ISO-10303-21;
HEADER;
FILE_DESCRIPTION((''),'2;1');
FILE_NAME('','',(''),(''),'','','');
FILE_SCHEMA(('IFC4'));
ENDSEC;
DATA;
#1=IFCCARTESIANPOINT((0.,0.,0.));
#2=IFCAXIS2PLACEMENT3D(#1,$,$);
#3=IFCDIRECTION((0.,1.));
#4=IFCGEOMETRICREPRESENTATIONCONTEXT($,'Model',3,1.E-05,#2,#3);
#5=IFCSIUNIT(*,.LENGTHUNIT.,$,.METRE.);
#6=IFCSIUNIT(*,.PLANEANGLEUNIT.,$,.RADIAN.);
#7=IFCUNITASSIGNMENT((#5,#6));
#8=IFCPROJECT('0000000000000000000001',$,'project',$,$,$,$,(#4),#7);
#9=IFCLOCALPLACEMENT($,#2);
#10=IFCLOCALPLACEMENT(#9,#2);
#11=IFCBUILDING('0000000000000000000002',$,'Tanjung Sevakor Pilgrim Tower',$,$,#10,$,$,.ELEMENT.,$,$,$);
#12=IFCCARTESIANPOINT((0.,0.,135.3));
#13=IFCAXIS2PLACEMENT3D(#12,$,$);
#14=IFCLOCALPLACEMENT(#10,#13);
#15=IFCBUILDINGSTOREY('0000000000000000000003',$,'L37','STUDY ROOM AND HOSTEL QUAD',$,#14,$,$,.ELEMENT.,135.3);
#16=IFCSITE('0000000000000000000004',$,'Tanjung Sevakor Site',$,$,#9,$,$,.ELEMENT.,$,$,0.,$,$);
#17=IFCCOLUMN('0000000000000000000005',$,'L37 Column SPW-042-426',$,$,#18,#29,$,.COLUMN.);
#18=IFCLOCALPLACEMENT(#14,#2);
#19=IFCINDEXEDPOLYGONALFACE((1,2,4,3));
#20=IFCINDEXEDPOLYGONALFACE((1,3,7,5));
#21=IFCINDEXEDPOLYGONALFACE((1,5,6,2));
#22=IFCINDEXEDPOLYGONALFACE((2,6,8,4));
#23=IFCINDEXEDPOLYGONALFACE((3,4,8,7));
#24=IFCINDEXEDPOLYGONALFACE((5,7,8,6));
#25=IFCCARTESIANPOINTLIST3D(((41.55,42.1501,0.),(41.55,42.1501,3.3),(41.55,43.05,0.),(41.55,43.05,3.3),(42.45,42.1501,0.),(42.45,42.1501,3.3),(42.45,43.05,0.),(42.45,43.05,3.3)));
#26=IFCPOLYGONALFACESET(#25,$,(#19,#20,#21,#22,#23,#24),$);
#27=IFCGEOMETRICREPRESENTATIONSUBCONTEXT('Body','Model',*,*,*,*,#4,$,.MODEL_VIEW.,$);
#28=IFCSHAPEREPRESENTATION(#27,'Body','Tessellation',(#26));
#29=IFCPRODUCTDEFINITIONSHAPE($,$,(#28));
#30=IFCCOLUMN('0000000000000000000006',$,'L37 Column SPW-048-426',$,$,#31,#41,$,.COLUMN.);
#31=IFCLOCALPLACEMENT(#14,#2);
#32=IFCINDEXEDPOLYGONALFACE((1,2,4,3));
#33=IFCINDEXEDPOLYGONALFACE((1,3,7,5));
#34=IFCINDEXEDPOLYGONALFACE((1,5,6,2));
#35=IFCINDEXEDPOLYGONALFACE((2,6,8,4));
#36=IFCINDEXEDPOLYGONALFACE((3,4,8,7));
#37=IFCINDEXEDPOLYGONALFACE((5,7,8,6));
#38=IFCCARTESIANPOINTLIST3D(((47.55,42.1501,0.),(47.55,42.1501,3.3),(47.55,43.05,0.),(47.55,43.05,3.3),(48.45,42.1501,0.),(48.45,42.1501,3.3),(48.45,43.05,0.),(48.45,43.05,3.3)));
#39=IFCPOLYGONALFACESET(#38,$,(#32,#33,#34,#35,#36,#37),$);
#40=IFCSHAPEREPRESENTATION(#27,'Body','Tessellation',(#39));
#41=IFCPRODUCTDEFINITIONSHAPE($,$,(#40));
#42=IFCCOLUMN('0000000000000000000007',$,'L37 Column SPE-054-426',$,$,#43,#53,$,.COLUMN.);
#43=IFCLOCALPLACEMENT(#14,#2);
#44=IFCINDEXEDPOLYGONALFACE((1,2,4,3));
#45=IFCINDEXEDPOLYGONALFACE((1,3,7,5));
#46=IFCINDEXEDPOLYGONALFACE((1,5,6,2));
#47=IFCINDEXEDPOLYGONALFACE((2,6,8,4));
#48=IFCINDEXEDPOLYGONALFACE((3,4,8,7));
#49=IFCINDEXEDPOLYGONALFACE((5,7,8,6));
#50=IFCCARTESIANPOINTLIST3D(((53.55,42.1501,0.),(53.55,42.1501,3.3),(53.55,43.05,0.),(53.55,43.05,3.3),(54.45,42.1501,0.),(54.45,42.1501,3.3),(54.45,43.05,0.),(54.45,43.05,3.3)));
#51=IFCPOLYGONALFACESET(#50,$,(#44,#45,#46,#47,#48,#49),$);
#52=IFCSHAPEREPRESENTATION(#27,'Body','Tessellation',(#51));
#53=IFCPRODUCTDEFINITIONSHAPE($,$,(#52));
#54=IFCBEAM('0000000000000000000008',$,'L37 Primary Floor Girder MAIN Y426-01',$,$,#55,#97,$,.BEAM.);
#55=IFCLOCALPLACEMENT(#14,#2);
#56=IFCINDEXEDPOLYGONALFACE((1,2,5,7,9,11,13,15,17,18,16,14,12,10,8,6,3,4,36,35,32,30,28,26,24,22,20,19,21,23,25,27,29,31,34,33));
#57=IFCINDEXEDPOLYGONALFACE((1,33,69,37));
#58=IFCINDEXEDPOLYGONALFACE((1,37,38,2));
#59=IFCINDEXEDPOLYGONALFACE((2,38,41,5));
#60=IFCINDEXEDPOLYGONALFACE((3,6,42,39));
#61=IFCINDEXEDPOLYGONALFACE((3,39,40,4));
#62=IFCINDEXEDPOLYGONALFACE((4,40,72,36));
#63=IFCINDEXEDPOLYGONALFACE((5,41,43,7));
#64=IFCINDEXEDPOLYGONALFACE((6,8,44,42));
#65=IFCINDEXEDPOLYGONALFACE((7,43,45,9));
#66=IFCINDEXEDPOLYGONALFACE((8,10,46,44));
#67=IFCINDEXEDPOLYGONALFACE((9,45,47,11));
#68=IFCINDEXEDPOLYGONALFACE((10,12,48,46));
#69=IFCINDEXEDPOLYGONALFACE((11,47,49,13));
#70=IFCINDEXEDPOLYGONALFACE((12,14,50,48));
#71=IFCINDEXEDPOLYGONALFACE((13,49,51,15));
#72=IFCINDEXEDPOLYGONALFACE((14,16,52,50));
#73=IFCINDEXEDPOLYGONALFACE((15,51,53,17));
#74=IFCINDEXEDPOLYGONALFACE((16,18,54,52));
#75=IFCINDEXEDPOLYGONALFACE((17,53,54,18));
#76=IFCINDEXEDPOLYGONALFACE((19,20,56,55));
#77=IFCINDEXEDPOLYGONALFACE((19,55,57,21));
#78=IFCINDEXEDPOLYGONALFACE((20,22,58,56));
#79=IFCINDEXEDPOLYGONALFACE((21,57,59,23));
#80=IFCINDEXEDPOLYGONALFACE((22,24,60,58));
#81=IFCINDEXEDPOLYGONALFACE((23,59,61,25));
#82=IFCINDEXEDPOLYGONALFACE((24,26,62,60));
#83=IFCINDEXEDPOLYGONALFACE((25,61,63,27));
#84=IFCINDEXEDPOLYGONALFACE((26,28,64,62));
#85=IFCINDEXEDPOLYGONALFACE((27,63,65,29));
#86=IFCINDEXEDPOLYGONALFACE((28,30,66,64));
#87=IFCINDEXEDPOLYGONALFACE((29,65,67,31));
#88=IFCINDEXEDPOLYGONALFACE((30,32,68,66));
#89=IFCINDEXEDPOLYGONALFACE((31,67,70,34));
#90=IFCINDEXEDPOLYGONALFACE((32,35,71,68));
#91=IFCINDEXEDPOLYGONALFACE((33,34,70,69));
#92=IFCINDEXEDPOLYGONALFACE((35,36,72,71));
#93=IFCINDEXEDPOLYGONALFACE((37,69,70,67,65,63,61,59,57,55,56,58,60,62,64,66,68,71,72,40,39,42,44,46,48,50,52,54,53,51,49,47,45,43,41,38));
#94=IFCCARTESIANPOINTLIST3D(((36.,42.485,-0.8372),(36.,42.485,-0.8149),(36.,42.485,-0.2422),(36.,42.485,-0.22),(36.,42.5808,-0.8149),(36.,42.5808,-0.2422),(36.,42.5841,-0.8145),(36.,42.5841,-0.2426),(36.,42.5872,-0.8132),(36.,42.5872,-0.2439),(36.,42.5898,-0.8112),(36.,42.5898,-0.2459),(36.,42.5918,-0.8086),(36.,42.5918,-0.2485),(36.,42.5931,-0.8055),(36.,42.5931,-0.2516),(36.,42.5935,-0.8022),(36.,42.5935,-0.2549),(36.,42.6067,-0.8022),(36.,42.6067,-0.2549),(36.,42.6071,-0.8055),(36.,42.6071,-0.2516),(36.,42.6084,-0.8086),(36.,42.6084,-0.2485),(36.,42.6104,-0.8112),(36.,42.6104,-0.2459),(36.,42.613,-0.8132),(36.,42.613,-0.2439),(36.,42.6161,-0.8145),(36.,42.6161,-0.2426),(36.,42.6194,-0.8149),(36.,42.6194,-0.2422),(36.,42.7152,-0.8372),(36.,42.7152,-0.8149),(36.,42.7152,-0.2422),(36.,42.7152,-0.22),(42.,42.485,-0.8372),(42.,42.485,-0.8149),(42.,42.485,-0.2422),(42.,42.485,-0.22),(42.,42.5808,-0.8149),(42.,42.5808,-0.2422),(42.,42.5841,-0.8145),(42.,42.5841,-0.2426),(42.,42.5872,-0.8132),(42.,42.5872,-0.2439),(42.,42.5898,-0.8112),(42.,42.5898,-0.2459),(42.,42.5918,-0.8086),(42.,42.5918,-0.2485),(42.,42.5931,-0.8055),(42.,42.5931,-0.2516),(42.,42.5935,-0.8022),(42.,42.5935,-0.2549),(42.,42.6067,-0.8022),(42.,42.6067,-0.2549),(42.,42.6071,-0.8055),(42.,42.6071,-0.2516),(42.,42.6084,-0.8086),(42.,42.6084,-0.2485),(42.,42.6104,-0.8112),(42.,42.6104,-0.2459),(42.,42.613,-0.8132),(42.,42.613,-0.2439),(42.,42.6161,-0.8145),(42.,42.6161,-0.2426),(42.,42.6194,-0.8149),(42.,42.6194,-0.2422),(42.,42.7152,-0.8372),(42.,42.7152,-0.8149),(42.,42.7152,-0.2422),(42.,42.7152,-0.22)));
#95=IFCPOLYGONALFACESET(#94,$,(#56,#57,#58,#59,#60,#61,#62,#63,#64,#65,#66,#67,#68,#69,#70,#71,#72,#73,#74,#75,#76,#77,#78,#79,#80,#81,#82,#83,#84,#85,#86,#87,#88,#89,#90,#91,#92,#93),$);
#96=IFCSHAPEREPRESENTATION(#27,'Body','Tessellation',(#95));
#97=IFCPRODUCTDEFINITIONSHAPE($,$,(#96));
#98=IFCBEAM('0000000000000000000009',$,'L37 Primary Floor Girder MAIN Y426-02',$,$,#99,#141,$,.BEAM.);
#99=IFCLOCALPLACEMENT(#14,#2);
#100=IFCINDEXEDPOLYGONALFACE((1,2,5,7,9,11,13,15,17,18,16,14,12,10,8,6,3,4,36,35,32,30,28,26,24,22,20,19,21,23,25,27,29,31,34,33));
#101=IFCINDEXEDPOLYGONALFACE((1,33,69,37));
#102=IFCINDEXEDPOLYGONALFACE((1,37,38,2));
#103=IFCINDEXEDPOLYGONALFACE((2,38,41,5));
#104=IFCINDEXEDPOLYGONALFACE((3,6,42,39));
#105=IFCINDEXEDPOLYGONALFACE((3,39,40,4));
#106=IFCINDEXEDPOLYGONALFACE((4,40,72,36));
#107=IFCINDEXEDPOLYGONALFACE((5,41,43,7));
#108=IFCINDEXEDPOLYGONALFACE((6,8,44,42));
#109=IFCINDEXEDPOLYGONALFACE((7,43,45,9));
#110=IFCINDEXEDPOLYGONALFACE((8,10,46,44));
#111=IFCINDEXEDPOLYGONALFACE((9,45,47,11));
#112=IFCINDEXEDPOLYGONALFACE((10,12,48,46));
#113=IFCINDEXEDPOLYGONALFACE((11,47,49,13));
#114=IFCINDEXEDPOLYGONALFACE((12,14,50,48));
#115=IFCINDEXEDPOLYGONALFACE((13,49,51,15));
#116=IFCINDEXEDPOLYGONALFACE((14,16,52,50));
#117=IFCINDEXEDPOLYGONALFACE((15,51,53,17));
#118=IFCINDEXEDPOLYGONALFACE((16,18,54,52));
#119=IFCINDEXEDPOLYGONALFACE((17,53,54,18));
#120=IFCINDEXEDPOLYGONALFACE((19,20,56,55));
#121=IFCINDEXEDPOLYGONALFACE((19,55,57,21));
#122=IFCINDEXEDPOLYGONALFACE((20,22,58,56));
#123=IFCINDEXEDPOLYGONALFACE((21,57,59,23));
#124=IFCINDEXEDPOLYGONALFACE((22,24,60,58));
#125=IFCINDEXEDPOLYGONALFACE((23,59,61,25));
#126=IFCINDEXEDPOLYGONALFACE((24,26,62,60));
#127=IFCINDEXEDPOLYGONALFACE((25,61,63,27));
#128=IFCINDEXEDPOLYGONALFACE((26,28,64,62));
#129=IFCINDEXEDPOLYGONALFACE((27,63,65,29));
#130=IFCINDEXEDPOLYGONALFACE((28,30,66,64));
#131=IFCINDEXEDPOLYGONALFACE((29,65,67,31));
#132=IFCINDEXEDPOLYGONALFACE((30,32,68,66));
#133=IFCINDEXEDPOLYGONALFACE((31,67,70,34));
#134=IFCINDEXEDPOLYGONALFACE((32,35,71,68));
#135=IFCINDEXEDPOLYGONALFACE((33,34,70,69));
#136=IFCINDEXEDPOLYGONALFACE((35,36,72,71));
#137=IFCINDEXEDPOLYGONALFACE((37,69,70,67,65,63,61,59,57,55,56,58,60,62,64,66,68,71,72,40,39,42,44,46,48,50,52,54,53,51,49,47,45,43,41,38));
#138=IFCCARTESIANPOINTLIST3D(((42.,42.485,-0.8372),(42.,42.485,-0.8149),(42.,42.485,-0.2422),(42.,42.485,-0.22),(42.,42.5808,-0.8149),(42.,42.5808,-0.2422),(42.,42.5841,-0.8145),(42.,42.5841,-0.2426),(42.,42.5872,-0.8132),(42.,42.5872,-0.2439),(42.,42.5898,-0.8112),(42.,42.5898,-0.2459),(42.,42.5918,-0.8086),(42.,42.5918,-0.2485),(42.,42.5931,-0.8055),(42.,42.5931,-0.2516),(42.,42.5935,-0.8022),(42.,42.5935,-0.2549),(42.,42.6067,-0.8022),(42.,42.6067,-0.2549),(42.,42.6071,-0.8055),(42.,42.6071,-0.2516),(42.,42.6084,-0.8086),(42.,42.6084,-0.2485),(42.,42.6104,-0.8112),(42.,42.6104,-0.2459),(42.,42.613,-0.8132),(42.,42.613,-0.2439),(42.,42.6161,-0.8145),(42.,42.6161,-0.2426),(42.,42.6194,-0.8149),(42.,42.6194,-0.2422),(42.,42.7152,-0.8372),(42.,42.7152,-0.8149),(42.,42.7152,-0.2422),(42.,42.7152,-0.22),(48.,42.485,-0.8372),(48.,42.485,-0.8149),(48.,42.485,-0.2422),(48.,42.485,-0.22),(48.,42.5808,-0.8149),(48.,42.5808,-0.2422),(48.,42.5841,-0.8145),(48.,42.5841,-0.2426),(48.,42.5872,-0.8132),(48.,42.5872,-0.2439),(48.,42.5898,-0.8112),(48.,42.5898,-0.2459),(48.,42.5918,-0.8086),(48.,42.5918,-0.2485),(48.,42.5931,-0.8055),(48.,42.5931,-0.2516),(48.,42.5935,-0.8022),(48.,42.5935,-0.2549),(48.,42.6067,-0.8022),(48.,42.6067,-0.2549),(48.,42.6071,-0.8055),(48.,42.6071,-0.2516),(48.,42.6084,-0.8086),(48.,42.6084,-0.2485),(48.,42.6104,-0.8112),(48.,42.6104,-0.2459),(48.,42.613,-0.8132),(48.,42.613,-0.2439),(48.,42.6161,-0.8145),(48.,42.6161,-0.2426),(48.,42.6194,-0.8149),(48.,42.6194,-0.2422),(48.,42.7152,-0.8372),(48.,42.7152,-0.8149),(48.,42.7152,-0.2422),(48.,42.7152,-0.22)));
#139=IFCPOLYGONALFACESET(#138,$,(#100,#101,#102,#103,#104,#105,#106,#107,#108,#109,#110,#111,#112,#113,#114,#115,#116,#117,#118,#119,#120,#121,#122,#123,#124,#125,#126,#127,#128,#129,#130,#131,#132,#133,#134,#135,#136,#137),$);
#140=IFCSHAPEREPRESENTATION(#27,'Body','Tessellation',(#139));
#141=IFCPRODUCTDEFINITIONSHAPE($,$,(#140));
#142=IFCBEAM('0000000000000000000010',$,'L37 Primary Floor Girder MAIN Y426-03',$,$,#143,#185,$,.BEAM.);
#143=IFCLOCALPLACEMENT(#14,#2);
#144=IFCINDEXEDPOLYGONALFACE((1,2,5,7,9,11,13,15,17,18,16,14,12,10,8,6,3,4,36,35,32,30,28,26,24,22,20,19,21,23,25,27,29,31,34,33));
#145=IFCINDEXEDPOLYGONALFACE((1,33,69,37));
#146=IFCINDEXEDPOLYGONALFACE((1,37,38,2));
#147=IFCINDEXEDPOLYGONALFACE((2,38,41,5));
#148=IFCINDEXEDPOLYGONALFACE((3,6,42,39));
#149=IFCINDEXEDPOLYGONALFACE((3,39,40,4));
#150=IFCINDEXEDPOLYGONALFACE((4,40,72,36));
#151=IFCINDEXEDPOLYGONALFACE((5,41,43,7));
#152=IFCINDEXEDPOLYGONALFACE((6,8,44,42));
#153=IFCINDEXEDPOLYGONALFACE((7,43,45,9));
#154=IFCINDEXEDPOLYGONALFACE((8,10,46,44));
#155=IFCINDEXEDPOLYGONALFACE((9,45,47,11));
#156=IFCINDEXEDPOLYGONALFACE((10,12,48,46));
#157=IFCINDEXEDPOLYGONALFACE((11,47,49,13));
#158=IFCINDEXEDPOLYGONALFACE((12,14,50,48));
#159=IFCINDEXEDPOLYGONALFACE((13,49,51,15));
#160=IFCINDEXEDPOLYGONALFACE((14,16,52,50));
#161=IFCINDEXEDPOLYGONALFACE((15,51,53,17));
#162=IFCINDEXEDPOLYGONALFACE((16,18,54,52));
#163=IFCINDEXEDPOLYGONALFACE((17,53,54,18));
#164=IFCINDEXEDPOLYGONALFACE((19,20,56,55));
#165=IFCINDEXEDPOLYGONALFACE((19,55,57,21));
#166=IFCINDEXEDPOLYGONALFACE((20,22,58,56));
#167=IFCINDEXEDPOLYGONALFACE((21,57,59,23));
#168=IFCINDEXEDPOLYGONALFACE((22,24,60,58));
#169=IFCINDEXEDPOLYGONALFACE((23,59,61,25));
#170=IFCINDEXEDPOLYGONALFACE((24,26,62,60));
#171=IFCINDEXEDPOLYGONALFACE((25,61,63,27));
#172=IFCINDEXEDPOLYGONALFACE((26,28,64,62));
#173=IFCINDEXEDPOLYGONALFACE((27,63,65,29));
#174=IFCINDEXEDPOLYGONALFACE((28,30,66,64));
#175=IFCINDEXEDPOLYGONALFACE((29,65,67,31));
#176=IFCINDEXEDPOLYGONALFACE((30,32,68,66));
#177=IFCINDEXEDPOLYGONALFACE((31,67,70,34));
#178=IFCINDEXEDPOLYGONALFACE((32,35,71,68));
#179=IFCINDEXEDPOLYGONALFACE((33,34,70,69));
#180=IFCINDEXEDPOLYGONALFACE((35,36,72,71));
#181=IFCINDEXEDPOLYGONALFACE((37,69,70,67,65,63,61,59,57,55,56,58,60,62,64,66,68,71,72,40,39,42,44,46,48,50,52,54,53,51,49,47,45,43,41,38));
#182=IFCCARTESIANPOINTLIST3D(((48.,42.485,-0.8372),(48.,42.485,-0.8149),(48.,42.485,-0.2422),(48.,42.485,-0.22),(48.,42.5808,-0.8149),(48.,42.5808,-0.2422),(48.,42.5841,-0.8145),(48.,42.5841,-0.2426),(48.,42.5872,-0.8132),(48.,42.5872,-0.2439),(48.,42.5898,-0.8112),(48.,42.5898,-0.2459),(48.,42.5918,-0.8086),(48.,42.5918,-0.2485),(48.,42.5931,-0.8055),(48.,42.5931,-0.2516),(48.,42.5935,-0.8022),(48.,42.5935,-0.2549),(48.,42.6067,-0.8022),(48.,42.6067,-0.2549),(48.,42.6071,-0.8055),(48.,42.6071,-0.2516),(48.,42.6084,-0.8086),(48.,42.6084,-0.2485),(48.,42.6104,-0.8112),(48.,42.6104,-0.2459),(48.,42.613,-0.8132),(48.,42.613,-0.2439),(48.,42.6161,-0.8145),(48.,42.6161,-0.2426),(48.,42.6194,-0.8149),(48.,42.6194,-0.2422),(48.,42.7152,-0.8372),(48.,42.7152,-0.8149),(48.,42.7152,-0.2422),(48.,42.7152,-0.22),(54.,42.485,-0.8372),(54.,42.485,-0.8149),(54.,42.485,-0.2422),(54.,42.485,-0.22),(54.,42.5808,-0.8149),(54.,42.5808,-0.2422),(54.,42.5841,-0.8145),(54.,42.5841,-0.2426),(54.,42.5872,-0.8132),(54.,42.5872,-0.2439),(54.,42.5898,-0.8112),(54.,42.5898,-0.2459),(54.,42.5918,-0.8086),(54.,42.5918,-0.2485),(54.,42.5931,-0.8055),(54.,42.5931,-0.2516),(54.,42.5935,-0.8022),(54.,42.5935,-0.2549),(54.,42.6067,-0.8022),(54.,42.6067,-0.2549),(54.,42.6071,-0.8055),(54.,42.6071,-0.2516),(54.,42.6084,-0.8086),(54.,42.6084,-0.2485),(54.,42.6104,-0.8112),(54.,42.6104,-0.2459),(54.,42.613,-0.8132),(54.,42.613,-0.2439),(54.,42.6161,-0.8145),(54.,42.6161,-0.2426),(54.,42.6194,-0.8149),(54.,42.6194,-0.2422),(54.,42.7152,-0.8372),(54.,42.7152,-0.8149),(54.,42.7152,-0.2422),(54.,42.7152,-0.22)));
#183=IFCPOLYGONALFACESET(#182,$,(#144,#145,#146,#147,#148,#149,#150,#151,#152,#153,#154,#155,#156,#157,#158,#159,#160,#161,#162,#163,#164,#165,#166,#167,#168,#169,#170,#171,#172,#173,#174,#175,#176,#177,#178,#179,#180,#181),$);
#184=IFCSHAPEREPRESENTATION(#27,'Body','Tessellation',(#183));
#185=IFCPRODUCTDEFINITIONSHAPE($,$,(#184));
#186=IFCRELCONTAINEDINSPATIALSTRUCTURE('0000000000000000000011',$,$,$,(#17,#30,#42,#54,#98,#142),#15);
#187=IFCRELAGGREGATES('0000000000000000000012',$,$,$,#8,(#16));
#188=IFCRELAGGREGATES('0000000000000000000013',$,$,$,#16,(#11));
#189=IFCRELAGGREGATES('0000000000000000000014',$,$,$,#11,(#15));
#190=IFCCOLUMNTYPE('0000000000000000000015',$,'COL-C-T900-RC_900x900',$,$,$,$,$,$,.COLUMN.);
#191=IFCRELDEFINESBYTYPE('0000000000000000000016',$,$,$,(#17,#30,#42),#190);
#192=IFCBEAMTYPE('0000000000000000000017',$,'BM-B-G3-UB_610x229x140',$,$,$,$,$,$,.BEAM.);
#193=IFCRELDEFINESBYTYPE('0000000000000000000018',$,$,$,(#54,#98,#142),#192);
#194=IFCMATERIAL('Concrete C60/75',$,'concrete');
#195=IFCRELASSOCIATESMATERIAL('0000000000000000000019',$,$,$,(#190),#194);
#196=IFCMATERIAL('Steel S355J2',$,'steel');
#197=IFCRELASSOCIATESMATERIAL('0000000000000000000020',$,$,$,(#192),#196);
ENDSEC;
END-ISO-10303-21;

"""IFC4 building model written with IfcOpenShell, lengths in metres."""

from ifc_helpers import new_model, si_unit, direction, frame, origin, origin_2d, place, context, subcontext, project, spatial, rectangle, i_section, extrude, material, material_profile, profile_set, type_object, element, save


model = new_model("IFC4")

# Units and contexts
model_context = context("Model", 3, precision=1e-05, world=origin(), true_north=direction((0.0, 1.0)))
body_context = subcontext(model_context, "Body", "Model", "MODEL_VIEW")
ifc_project = project(units=[si_unit("LENGTHUNIT", "METRE"), si_unit("PLANEANGLEUNIT", "RADIAN")], contexts=[model_context])

# Site, building, storey
site_placement = place(None, origin())
site = spatial("IfcSite", under=ifc_project, at=site_placement, Name="Tanjung Sevakor Site", CompositionType="ELEMENT", RefElevation=0.0)
building_placement = place(site_placement, origin())
building = spatial("IfcBuilding", under=site, at=building_placement, Name="Tanjung Sevakor Pilgrim Tower", CompositionType="ELEMENT")
storey_placement = place(building_placement, frame((0.0, 0.0, 135.3)))
storey = spatial("IfcBuildingStorey", under=building, at=storey_placement, Name="L37", Description="STUDY ROOM AND HOSTEL QUAD", CompositionType="ELEMENT", Elevation=135.3)

# Columns
ifc_material_1 = material(Name="Concrete C60/75", Category="concrete")
ifc_material_profile_1 = material_profile(ifc_material_1, rectangle(XDim=0.8999, YDim=0.8999, at=origin_2d()))
ifc_profile_set_1 = profile_set([ifc_material_profile_1], Name="Concrete C60/75")
column_type = type_object("IfcColumnType", Name="COL-C-T900-RC_900x900", PredefinedType="COLUMN", material=ifc_profile_set_1)
for number, where, z_axis, x_axis, name in (
    (1, (42.0, 42.6001, 0.0), (0.0, 0.0, 1.0), (1.0, 0.0, 0.0), "L37 Column SPW-042-426"),
    (2, (48.0, 42.6001, 0.0), (0.0, 0.0, 1.0), (1.0, 0.0, 0.0), "L37 Column SPW-048-426"),
    (3, (54.0, 42.6001, 0.0), (0.0, 0.0, 1.0), (1.0, 0.0, 0.0), "L37 Column SPE-054-426"),
):
    element("IfcColumn", number, at=place(storey_placement, frame(where, z_axis=z_axis, x_axis=x_axis)), inside=storey, type_object=column_type, Name=name, PredefinedType="COLUMN", context=body_context, shape_type="SweptSolid", body=[
        extrude(rectangle(XDim=0.8999, YDim=0.8999, at=origin_2d()), origin(), (0.0, 0.0, 1.0), 3.3),
    ])

# Beams
ifc_material_2 = material(Name="Steel S355J2", Category="steel")
ifc_material_profile_2 = material_profile(ifc_material_2, i_section(OverallWidth=0.2302, OverallDepth=0.6172, WebThickness=0.0132, FlangeThickness=0.0222, FilletRadius=0.0127, at=origin_2d()))
ifc_profile_set_2 = profile_set([ifc_material_profile_2], Name="Steel S355J2")
beam_type_1 = type_object("IfcBeamType", Name="BM-B-G3-UB_610x229x140", PredefinedType="BEAM", material=ifc_profile_set_2)
for number, where, z_axis, x_axis, name in (
    (4, (36.0, 42.6001, -0.5286), (1.0, 0.0, 0.0), (0.0, 1.0, 0.0), "L37 Primary Floor Girder MAIN Y426-01"),
    (5, (42.0, 42.6001, -0.5286), (1.0, 0.0, 0.0), (0.0, 1.0, 0.0), "L37 Primary Floor Girder MAIN Y426-02"),
    (6, (48.0, 42.6001, -0.5286), (1.0, 0.0, 0.0), (0.0, 1.0, 0.0), "L37 Primary Floor Girder MAIN Y426-03"),
):
    element("IfcBeam", number, at=place(storey_placement, frame(where, z_axis=z_axis, x_axis=x_axis)), inside=storey, type_object=beam_type_1, Name=name, PredefinedType="BEAM", context=body_context, shape_type="SweptSolid", body=[
        extrude(i_section(OverallWidth=0.2302, OverallDepth=0.6172, WebThickness=0.0132, FlangeThickness=0.0222, FilletRadius=0.0127, at=origin_2d()), origin(), (0.0, 0.0, 1.0), 6.0),
    ])

save(model, "model.ifc")
